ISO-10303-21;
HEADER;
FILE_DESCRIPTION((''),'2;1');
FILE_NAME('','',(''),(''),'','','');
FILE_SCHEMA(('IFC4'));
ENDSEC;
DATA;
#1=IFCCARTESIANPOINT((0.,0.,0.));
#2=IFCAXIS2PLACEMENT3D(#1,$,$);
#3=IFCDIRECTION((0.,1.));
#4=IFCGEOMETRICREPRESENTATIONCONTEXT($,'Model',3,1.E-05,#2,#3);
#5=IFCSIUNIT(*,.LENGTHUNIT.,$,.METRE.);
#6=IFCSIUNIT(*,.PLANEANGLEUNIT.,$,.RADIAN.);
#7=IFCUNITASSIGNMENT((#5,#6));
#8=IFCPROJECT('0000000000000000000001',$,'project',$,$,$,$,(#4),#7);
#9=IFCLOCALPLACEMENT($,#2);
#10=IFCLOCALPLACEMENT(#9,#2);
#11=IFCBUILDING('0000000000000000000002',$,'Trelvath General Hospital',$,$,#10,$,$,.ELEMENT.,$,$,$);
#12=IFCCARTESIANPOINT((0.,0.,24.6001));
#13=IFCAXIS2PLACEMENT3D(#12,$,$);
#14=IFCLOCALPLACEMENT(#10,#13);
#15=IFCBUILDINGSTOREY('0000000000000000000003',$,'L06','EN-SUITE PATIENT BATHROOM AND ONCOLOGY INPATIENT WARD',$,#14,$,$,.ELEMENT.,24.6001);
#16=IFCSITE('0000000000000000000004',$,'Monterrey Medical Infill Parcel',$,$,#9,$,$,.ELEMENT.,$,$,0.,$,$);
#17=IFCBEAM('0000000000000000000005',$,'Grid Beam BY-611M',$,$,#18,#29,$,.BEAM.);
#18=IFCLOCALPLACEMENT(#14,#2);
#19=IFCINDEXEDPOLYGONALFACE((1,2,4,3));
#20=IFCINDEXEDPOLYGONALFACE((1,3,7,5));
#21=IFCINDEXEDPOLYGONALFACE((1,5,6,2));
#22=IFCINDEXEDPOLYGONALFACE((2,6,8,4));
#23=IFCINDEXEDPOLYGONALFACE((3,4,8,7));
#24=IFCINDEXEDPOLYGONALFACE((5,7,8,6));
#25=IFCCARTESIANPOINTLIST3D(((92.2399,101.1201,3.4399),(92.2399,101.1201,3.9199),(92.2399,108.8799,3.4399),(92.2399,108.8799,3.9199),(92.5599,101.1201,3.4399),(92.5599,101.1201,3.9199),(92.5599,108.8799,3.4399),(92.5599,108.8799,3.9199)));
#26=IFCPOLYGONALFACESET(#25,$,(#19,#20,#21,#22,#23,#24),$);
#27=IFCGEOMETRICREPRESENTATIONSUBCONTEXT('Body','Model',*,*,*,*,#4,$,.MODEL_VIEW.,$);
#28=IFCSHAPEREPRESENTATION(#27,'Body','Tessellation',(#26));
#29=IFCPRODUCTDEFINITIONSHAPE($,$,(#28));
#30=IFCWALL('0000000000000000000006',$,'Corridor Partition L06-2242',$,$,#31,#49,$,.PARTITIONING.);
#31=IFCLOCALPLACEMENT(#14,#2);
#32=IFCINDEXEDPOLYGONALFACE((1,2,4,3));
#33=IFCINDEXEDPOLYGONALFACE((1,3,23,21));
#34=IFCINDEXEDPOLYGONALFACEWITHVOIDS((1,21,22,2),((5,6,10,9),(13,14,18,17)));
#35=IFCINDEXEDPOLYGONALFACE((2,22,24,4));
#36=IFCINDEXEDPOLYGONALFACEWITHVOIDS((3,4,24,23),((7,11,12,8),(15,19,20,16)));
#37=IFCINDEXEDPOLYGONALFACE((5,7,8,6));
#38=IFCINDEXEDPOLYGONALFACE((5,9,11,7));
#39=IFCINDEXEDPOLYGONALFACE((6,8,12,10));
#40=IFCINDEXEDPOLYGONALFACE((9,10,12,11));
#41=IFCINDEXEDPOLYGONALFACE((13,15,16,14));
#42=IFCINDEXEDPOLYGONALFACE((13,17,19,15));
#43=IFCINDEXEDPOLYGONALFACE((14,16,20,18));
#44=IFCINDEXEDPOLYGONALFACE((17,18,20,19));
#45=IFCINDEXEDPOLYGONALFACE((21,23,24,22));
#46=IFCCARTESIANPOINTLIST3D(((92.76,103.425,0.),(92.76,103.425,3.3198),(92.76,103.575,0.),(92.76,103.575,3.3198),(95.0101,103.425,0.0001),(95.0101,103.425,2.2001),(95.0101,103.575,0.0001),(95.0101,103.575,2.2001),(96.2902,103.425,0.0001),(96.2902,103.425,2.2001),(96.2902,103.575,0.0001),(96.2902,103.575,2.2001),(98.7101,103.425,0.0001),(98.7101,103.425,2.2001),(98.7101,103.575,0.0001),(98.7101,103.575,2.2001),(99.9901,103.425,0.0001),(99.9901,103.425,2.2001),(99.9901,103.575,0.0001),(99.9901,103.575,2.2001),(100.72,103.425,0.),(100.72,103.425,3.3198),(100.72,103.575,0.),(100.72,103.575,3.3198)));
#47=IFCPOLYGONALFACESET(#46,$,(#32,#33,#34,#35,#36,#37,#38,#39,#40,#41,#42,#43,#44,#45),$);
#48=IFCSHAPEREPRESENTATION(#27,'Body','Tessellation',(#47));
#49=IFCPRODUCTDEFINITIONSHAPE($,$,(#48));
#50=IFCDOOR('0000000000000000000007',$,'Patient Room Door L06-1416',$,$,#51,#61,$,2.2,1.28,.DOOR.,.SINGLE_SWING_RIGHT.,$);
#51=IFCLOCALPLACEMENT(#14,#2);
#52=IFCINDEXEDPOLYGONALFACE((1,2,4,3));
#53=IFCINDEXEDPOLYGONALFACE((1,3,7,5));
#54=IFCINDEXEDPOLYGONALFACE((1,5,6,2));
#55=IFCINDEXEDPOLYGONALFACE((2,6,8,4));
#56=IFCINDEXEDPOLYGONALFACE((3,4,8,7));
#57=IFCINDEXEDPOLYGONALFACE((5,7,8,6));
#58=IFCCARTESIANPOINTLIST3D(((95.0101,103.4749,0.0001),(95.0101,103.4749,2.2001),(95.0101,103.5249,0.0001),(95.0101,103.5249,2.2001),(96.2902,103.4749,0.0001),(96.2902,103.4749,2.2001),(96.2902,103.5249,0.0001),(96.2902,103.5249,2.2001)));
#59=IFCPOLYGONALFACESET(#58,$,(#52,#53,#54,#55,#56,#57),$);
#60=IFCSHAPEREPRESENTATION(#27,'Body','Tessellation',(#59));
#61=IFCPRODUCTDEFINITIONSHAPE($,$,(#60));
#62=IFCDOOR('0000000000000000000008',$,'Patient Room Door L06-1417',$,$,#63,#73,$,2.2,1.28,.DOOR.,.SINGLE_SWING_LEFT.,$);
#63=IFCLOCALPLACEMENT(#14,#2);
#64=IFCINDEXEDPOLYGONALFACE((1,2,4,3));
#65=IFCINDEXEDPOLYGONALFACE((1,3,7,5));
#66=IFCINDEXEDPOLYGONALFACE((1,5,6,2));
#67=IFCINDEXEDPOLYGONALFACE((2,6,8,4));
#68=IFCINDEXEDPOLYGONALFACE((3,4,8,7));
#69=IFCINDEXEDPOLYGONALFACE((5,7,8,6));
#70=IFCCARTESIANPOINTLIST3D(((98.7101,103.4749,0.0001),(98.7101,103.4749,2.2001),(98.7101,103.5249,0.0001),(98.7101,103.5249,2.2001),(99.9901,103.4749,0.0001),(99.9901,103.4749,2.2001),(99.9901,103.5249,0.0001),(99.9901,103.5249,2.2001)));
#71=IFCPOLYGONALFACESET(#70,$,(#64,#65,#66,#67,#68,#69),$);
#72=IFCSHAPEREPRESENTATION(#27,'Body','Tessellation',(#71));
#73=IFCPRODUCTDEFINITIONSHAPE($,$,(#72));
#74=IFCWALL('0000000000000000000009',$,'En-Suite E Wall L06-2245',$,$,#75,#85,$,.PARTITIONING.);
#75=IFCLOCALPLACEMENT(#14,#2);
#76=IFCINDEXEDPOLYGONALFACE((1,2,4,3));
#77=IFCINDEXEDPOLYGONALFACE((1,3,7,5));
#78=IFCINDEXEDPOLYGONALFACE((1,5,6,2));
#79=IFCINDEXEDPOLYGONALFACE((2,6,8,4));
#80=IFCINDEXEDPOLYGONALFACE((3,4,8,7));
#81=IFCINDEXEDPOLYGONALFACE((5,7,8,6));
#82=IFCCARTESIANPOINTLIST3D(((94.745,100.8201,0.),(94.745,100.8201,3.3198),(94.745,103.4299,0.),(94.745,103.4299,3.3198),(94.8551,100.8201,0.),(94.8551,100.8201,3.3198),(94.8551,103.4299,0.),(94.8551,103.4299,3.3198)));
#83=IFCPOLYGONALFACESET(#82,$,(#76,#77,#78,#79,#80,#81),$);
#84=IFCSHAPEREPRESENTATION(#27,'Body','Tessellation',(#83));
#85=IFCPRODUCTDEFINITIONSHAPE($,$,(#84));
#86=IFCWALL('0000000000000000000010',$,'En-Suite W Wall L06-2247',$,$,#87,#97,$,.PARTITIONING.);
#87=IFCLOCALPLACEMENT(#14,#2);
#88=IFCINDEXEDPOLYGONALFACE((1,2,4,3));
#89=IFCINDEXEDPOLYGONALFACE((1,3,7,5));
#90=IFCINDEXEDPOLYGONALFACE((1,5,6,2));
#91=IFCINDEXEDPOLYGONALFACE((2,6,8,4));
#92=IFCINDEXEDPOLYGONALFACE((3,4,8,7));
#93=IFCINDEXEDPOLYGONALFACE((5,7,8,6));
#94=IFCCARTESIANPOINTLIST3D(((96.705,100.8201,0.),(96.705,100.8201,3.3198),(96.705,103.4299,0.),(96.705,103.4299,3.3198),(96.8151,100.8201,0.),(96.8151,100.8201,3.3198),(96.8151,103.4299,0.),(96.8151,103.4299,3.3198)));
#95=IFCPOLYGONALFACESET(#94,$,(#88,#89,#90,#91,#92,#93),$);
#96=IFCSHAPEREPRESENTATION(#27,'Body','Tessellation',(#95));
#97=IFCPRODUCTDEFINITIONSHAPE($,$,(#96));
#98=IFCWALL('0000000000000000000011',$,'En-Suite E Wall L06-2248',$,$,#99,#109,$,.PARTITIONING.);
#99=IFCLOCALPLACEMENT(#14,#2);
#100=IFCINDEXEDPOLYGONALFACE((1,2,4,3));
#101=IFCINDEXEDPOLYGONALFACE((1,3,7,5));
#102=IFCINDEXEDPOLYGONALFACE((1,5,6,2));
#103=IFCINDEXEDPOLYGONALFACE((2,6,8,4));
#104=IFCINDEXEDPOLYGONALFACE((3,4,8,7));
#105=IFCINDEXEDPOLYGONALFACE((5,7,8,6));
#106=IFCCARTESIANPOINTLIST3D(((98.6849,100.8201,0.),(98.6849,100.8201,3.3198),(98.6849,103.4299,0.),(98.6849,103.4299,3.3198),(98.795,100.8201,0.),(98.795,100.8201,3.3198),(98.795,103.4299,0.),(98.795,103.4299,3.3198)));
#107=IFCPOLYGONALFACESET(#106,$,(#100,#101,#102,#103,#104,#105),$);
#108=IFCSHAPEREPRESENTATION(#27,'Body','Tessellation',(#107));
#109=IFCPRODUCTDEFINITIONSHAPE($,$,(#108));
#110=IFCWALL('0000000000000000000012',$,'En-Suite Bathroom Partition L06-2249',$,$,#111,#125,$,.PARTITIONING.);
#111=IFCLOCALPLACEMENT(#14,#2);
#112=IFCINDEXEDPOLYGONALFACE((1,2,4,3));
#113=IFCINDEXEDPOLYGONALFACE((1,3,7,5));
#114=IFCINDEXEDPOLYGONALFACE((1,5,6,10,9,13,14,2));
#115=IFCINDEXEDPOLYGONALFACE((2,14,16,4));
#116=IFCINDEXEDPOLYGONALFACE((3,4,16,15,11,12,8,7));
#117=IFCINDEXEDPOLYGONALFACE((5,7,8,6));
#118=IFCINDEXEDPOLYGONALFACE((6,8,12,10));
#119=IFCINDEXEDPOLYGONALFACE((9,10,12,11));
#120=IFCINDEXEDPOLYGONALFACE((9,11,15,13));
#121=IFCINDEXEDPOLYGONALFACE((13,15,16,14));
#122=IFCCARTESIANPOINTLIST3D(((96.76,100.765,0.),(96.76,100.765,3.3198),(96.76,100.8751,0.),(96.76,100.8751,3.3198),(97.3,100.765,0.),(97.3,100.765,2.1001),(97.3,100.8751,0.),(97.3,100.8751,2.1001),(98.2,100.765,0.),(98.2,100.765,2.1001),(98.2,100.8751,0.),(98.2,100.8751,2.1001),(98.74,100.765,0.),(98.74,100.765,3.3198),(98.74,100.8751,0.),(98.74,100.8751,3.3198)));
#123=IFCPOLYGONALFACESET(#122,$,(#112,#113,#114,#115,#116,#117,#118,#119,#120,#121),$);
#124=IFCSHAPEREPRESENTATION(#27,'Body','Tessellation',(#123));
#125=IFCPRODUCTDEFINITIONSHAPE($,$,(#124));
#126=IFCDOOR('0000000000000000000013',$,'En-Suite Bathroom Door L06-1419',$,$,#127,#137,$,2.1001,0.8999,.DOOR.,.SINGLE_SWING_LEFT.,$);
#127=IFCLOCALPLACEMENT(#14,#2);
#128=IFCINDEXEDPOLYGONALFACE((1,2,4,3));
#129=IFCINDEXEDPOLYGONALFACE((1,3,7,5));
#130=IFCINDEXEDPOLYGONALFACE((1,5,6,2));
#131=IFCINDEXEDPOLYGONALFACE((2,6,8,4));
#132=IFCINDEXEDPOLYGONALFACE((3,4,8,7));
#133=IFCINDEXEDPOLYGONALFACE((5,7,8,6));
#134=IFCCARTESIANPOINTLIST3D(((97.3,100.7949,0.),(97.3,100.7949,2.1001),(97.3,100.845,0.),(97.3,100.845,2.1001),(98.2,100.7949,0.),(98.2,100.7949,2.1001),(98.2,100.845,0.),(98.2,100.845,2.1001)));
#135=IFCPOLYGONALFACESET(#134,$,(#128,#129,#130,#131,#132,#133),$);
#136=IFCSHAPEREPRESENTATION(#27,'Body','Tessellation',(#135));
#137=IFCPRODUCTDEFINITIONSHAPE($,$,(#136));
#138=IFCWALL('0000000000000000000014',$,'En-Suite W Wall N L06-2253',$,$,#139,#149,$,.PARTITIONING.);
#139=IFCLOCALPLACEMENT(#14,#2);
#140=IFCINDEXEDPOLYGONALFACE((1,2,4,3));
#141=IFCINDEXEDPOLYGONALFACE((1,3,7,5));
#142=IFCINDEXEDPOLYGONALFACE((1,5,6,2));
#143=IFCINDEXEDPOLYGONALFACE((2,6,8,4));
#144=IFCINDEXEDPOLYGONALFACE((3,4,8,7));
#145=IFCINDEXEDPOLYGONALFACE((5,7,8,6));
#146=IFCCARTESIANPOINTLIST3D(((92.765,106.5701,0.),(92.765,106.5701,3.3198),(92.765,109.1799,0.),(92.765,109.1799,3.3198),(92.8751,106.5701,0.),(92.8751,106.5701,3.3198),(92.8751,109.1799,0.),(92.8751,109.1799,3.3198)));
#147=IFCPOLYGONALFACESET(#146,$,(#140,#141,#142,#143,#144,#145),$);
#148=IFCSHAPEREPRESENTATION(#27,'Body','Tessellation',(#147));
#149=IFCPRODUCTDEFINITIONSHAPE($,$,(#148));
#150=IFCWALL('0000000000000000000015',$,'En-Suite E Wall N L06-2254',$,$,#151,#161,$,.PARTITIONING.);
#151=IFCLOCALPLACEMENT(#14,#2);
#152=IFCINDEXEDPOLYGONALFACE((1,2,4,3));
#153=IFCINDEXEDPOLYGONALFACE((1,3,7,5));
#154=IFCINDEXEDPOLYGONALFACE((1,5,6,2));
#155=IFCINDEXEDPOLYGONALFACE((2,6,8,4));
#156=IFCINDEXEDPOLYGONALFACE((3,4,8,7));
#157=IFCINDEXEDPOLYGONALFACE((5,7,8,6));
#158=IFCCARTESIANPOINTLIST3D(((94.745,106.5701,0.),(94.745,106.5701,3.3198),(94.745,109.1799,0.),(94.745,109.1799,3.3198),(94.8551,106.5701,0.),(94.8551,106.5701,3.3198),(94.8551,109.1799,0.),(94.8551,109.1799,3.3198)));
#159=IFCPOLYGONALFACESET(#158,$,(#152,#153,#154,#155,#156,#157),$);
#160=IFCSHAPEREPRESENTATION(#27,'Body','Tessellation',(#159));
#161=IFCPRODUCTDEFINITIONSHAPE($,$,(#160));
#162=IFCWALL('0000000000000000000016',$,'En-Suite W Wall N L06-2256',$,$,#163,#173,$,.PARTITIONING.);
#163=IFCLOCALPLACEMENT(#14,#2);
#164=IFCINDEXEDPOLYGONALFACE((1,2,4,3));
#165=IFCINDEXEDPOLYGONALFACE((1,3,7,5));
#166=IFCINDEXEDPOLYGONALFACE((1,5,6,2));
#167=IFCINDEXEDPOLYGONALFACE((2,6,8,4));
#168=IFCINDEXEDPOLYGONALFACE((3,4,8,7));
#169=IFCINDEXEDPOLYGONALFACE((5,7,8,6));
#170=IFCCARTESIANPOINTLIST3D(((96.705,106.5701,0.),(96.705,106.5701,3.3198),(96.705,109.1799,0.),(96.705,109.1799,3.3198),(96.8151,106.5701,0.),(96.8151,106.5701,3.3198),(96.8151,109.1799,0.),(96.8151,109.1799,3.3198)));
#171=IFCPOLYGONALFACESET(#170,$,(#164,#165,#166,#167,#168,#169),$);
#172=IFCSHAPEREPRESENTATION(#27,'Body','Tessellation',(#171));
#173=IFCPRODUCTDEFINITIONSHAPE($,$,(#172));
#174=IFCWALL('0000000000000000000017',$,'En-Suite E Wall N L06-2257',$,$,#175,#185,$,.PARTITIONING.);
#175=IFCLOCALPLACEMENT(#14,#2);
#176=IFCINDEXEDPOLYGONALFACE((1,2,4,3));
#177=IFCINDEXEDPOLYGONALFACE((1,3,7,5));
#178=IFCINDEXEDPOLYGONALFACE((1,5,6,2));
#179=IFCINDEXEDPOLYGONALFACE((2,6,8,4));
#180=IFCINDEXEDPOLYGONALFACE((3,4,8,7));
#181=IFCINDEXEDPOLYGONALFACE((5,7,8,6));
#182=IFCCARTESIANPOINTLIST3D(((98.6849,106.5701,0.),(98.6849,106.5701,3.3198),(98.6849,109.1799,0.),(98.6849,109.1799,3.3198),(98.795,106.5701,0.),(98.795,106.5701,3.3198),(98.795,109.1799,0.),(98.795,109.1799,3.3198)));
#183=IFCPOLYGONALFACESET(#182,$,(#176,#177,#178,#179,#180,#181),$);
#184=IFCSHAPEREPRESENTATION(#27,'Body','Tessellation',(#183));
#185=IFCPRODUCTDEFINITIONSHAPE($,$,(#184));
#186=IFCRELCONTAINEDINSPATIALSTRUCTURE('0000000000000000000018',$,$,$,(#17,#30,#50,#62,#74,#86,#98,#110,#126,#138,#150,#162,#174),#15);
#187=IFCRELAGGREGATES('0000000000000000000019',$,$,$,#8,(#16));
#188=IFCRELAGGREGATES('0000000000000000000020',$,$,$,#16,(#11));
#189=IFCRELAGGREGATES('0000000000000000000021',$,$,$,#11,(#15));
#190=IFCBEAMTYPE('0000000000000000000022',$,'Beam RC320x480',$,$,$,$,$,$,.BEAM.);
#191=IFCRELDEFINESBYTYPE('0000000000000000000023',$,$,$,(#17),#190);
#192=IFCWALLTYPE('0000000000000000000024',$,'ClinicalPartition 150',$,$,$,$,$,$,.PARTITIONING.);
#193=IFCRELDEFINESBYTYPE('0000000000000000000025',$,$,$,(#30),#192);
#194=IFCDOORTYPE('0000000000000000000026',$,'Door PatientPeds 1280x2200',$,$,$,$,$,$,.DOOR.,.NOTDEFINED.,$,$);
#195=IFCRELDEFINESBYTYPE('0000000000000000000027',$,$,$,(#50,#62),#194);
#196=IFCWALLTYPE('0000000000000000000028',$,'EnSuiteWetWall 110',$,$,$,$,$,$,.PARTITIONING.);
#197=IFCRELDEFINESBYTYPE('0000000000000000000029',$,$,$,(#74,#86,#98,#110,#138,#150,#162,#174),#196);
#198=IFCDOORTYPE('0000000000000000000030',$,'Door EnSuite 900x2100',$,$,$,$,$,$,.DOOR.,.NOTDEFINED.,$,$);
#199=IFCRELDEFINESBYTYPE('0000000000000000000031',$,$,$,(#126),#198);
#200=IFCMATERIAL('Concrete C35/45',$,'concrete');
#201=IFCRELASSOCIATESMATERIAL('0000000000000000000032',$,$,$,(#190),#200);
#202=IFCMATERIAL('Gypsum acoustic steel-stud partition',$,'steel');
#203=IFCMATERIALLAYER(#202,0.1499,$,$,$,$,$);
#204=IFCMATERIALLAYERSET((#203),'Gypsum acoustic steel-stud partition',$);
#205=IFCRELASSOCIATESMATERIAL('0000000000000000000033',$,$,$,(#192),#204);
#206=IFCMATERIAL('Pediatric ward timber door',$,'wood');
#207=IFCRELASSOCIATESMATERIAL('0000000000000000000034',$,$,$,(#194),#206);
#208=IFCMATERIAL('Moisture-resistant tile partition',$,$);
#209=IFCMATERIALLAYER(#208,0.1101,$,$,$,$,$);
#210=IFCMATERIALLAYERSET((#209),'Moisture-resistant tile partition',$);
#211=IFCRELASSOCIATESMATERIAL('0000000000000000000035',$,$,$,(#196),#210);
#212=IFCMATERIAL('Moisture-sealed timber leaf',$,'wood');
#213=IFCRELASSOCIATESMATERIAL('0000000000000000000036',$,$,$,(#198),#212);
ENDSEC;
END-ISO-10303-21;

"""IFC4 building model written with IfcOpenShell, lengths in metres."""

from ifc_helpers import new_model, si_unit, direction, frame, frame_2d, origin, origin_2d, place, context, subcontext, project, spatial, rectangle, extrude, material, layer, layer_set, material_profile, profile_set, type_object, element, fill, save


model = new_model("IFC4")

# Units and contexts
model_context = context("Model", 3, precision=1e-05, world=origin(), true_north=direction((0.0, 1.0)))
body_context = subcontext(model_context, "Body", "Model", "MODEL_VIEW")
ifc_project = project(units=[si_unit("LENGTHUNIT", "METRE"), si_unit("PLANEANGLEUNIT", "RADIAN")], contexts=[model_context])

# Site, building, storey
site_placement = place(None, origin())
site = spatial("IfcSite", under=ifc_project, at=site_placement, Name="Monterrey Medical Infill Parcel", CompositionType="ELEMENT", RefElevation=0.0)
building_placement = place(site_placement, origin())
building = spatial("IfcBuilding", under=site, at=building_placement, Name="Trelvath General Hospital", CompositionType="ELEMENT")
storey_placement = place(building_placement, frame((0.0, 0.0, 24.6001)))
storey = spatial("IfcBuildingStorey", under=building, at=storey_placement, Name="L06", Description="EN-SUITE PATIENT BATHROOM AND ONCOLOGY INPATIENT WARD", CompositionType="ELEMENT", Elevation=24.6001)

# Beam
ifc_material_1 = material(Name="Concrete C35/45", Category="concrete")
ifc_material_profile = material_profile(ifc_material_1, rectangle(XDim=0.3201, YDim=0.48, at=origin_2d()), Name="RCB320x480")
ifc_profile_set = profile_set([ifc_material_profile], Name="Concrete C35/45")
beam_type = type_object("IfcBeamType", Name="Beam RC320x480", PredefinedType="BEAM", material=ifc_profile_set)
beam_placement = place(storey_placement, frame((92.3999, 101.1201, 3.6799), z_axis=(0.0, 1.0, 0.0), x_axis=(-1.0, 0.0, 0.0)))
element("IfcBeam", 1, at=beam_placement, inside=storey, type_object=beam_type, Name="Grid Beam BY-611M", PredefinedType="BEAM", context=body_context, shape_type="SweptSolid", body=[
    extrude(rectangle(XDim=0.3201, YDim=0.48, at=origin_2d()), origin(), (0.0, 0.0, 1.0), 7.7598),
])

# Wall, openings, doors
ifc_material_2 = material(Name="Gypsum acoustic steel-stud partition", Category="steel")
ifc_layer_1 = layer(ifc_material_2, 0.1499)
ifc_layer_set_1 = layer_set([ifc_layer_1], Name="Gypsum acoustic steel-stud partition")
wall_type_1 = type_object("IfcWallType", Name="ClinicalPartition 150", PredefinedType="PARTITIONING", material=ifc_layer_set_1)
wall_1_placement = place(storey_placement, frame((92.76, 103.5, 0.0), z_axis=(0.0, 0.0, 1.0), x_axis=(1.0, 0.0, 0.0)))
wall_1 = element("IfcWall", 2, at=wall_1_placement, inside=storey, type_object=wall_type_1, Name="Corridor Partition L06-2242", PredefinedType="PARTITIONING", context=body_context, shape_type="SweptSolid", body=[
    extrude(rectangle(XDim=7.96, YDim=0.1499, at=frame_2d((3.98, 0.0))), origin(), (0.0, 0.0, 1.0), 3.3198),
])
opening_1_placement = place(wall_1_placement, frame((2.25, 0.0, 0.0)))
opening_1 = element("IfcOpeningElement", 3, at=opening_1_placement, cuts=wall_1, PredefinedType="OPENING", context=body_context, shape_type="SweptSolid", body=[
    extrude(rectangle(XDim=1.28, YDim=2.2, at=frame_2d((0.6401, 1.1001))), frame((0.0, 0.085, 0.0), z_axis=(0.0, -1.0, 0.0), x_axis=(1.0, 0.0, 0.0)), (0.0, 0.0, 1.0), 0.1699),
])
opening_2_placement = place(wall_1_placement, frame((5.95, 0.0, 0.0)))
opening_2 = element("IfcOpeningElement", 4, at=opening_2_placement, cuts=wall_1, PredefinedType="OPENING", context=body_context, shape_type="SweptSolid", body=[
    extrude(rectangle(XDim=1.28, YDim=2.2, at=frame_2d((0.6401, 1.1001))), frame((0.0, 0.085, 0.0), z_axis=(0.0, -1.0, 0.0), x_axis=(1.0, 0.0, 0.0)), (0.0, 0.0, 1.0), 0.1699),
])
ifc_material_3 = material(Name="Pediatric ward timber door", Category="wood")
door_type_1 = type_object("IfcDoorType", Name="Door PatientPeds 1280x2200", OperationType="NOTDEFINED", PredefinedType="DOOR", material=ifc_material_3)
door_1_placement = place(opening_1_placement, origin())
door_1 = element("IfcDoor", 5, at=door_1_placement, inside=storey, type_object=door_type_1, Name="Patient Room Door L06-1416", OperationType="SINGLE_SWING_RIGHT", OverallHeight=2.2, OverallWidth=1.28, PredefinedType="DOOR", context=body_context, shape_type="SweptSolid", body=[
    extrude(rectangle(XDim=1.28, YDim=2.2, at=frame_2d((0.6401, 1.1001))), frame((0.0, 0.0249, 0.0), z_axis=(0.0, -1.0, 0.0), x_axis=(1.0, 0.0, 0.0)), (0.0, 0.0, 1.0), 0.05),
])
fill(opening_1, door_1)
door_2_placement = place(opening_2_placement, origin())
door_2 = element("IfcDoor", 6, at=door_2_placement, inside=storey, type_object=door_type_1, Name="Patient Room Door L06-1417", OperationType="SINGLE_SWING_LEFT", OverallHeight=2.2, OverallWidth=1.28, PredefinedType="DOOR", context=body_context, shape_type="SweptSolid", body=[
    extrude(rectangle(XDim=1.28, YDim=2.2, at=frame_2d((0.6401, 1.1001))), frame((0.0, 0.0249, 0.0), z_axis=(0.0, -1.0, 0.0), x_axis=(1.0, 0.0, 0.0)), (0.0, 0.0, 1.0), 0.05),
])
fill(opening_2, door_2)

# Walls
ifc_material_4 = material(Name="Moisture-resistant tile partition")
ifc_layer_2 = layer(ifc_material_4, 0.1101)
ifc_layer_set_2 = layer_set([ifc_layer_2], Name="Moisture-resistant tile partition")
wall_type_2 = type_object("IfcWallType", Name="EnSuiteWetWall 110", PredefinedType="PARTITIONING", material=ifc_layer_set_2)
for number, where, z_axis, x_axis, name in (
    (7, (94.8, 100.8201, 0.0), (0.0, 0.0, 1.0), (0.0, 1.0, 0.0), "En-Suite E Wall L06-2245"),
    (8, (96.76, 100.8201, 0.0), (0.0, 0.0, 1.0), (0.0, 1.0, 0.0), "En-Suite W Wall L06-2247"),
    (9, (98.74, 100.8201, 0.0), (0.0, 0.0, 1.0), (0.0, 1.0, 0.0), "En-Suite E Wall L06-2248"),
):
    element("IfcWall", number, at=place(storey_placement, frame(where, z_axis=z_axis, x_axis=x_axis)), inside=storey, type_object=wall_type_2, Name=name, PredefinedType="PARTITIONING", context=body_context, shape_type="SweptSolid", body=[
        extrude(rectangle(XDim=2.6099, YDim=0.1101, at=frame_2d((1.3049, 0.0))), origin(), (0.0, 0.0, 1.0), 3.3198),
    ])

# Wall, opening, door
wall_2_placement = place(storey_placement, frame((96.76, 100.8201, 0.0), z_axis=(0.0, 0.0, 1.0), x_axis=(1.0, 0.0, 0.0)))
wall_2 = element("IfcWall", 10, at=wall_2_placement, inside=storey, type_object=wall_type_2, Name="En-Suite Bathroom Partition L06-2249", PredefinedType="PARTITIONING", context=body_context, shape_type="SweptSolid", body=[
    extrude(rectangle(XDim=1.98, YDim=0.1101, at=frame_2d((0.99, 0.0))), origin(), (0.0, 0.0, 1.0), 3.3198),
])
opening_3_placement = place(wall_2_placement, frame((0.54, 0.0, 0.0)))
opening_3 = element("IfcOpeningElement", 11, at=opening_3_placement, cuts=wall_2, PredefinedType="OPENING", context=body_context, shape_type="SweptSolid", body=[
    extrude(rectangle(XDim=0.8999, YDim=2.1001, at=frame_2d((0.45, 1.05))), frame((0.0, 0.0649, 0.0), z_axis=(0.0, -1.0, 0.0), x_axis=(1.0, 0.0, 0.0)), (0.0, 0.0, 1.0), 0.1301),
])
ifc_material_5 = material(Name="Moisture-sealed timber leaf", Category="wood")
door_type_2 = type_object("IfcDoorType", Name="Door EnSuite 900x2100", OperationType="NOTDEFINED", PredefinedType="DOOR", material=ifc_material_5)
door_3_placement = place(opening_3_placement, origin())
door_3 = element("IfcDoor", 12, at=door_3_placement, inside=storey, type_object=door_type_2, Name="En-Suite Bathroom Door L06-1419", OperationType="SINGLE_SWING_LEFT", OverallHeight=2.1001, OverallWidth=0.8999, PredefinedType="DOOR", context=body_context, shape_type="SweptSolid", body=[
    extrude(rectangle(XDim=0.8999, YDim=2.1001, at=frame_2d((0.45, 1.05))), frame((0.0, 0.0249, 0.0), z_axis=(0.0, -1.0, 0.0), x_axis=(1.0, 0.0, 0.0)), (0.0, 0.0, 1.0), 0.05),
])
fill(opening_3, door_3)

# Walls
for number, where, z_axis, x_axis, name in (
    (13, (92.8201, 106.5701, 0.0), (0.0, 0.0, 1.0), (0.0, 1.0, 0.0), "En-Suite W Wall N L06-2253"),
    (14, (94.8, 106.5701, 0.0), (0.0, 0.0, 1.0), (0.0, 1.0, 0.0), "En-Suite E Wall N L06-2254"),
    (15, (96.76, 106.5701, 0.0), (0.0, 0.0, 1.0), (0.0, 1.0, 0.0), "En-Suite W Wall N L06-2256"),
    (16, (98.74, 106.5701, 0.0), (0.0, 0.0, 1.0), (0.0, 1.0, 0.0), "En-Suite E Wall N L06-2257"),
):
    element("IfcWall", number, at=place(storey_placement, frame(where, z_axis=z_axis, x_axis=x_axis)), inside=storey, type_object=wall_type_2, Name=name, PredefinedType="PARTITIONING", context=body_context, shape_type="SweptSolid", body=[
        extrude(rectangle(XDim=2.6099, YDim=0.1101, at=frame_2d((1.3049, 0.0))), origin(), (0.0, 0.0, 1.0), 3.3198),
    ])

save(model, "model.ifc")
